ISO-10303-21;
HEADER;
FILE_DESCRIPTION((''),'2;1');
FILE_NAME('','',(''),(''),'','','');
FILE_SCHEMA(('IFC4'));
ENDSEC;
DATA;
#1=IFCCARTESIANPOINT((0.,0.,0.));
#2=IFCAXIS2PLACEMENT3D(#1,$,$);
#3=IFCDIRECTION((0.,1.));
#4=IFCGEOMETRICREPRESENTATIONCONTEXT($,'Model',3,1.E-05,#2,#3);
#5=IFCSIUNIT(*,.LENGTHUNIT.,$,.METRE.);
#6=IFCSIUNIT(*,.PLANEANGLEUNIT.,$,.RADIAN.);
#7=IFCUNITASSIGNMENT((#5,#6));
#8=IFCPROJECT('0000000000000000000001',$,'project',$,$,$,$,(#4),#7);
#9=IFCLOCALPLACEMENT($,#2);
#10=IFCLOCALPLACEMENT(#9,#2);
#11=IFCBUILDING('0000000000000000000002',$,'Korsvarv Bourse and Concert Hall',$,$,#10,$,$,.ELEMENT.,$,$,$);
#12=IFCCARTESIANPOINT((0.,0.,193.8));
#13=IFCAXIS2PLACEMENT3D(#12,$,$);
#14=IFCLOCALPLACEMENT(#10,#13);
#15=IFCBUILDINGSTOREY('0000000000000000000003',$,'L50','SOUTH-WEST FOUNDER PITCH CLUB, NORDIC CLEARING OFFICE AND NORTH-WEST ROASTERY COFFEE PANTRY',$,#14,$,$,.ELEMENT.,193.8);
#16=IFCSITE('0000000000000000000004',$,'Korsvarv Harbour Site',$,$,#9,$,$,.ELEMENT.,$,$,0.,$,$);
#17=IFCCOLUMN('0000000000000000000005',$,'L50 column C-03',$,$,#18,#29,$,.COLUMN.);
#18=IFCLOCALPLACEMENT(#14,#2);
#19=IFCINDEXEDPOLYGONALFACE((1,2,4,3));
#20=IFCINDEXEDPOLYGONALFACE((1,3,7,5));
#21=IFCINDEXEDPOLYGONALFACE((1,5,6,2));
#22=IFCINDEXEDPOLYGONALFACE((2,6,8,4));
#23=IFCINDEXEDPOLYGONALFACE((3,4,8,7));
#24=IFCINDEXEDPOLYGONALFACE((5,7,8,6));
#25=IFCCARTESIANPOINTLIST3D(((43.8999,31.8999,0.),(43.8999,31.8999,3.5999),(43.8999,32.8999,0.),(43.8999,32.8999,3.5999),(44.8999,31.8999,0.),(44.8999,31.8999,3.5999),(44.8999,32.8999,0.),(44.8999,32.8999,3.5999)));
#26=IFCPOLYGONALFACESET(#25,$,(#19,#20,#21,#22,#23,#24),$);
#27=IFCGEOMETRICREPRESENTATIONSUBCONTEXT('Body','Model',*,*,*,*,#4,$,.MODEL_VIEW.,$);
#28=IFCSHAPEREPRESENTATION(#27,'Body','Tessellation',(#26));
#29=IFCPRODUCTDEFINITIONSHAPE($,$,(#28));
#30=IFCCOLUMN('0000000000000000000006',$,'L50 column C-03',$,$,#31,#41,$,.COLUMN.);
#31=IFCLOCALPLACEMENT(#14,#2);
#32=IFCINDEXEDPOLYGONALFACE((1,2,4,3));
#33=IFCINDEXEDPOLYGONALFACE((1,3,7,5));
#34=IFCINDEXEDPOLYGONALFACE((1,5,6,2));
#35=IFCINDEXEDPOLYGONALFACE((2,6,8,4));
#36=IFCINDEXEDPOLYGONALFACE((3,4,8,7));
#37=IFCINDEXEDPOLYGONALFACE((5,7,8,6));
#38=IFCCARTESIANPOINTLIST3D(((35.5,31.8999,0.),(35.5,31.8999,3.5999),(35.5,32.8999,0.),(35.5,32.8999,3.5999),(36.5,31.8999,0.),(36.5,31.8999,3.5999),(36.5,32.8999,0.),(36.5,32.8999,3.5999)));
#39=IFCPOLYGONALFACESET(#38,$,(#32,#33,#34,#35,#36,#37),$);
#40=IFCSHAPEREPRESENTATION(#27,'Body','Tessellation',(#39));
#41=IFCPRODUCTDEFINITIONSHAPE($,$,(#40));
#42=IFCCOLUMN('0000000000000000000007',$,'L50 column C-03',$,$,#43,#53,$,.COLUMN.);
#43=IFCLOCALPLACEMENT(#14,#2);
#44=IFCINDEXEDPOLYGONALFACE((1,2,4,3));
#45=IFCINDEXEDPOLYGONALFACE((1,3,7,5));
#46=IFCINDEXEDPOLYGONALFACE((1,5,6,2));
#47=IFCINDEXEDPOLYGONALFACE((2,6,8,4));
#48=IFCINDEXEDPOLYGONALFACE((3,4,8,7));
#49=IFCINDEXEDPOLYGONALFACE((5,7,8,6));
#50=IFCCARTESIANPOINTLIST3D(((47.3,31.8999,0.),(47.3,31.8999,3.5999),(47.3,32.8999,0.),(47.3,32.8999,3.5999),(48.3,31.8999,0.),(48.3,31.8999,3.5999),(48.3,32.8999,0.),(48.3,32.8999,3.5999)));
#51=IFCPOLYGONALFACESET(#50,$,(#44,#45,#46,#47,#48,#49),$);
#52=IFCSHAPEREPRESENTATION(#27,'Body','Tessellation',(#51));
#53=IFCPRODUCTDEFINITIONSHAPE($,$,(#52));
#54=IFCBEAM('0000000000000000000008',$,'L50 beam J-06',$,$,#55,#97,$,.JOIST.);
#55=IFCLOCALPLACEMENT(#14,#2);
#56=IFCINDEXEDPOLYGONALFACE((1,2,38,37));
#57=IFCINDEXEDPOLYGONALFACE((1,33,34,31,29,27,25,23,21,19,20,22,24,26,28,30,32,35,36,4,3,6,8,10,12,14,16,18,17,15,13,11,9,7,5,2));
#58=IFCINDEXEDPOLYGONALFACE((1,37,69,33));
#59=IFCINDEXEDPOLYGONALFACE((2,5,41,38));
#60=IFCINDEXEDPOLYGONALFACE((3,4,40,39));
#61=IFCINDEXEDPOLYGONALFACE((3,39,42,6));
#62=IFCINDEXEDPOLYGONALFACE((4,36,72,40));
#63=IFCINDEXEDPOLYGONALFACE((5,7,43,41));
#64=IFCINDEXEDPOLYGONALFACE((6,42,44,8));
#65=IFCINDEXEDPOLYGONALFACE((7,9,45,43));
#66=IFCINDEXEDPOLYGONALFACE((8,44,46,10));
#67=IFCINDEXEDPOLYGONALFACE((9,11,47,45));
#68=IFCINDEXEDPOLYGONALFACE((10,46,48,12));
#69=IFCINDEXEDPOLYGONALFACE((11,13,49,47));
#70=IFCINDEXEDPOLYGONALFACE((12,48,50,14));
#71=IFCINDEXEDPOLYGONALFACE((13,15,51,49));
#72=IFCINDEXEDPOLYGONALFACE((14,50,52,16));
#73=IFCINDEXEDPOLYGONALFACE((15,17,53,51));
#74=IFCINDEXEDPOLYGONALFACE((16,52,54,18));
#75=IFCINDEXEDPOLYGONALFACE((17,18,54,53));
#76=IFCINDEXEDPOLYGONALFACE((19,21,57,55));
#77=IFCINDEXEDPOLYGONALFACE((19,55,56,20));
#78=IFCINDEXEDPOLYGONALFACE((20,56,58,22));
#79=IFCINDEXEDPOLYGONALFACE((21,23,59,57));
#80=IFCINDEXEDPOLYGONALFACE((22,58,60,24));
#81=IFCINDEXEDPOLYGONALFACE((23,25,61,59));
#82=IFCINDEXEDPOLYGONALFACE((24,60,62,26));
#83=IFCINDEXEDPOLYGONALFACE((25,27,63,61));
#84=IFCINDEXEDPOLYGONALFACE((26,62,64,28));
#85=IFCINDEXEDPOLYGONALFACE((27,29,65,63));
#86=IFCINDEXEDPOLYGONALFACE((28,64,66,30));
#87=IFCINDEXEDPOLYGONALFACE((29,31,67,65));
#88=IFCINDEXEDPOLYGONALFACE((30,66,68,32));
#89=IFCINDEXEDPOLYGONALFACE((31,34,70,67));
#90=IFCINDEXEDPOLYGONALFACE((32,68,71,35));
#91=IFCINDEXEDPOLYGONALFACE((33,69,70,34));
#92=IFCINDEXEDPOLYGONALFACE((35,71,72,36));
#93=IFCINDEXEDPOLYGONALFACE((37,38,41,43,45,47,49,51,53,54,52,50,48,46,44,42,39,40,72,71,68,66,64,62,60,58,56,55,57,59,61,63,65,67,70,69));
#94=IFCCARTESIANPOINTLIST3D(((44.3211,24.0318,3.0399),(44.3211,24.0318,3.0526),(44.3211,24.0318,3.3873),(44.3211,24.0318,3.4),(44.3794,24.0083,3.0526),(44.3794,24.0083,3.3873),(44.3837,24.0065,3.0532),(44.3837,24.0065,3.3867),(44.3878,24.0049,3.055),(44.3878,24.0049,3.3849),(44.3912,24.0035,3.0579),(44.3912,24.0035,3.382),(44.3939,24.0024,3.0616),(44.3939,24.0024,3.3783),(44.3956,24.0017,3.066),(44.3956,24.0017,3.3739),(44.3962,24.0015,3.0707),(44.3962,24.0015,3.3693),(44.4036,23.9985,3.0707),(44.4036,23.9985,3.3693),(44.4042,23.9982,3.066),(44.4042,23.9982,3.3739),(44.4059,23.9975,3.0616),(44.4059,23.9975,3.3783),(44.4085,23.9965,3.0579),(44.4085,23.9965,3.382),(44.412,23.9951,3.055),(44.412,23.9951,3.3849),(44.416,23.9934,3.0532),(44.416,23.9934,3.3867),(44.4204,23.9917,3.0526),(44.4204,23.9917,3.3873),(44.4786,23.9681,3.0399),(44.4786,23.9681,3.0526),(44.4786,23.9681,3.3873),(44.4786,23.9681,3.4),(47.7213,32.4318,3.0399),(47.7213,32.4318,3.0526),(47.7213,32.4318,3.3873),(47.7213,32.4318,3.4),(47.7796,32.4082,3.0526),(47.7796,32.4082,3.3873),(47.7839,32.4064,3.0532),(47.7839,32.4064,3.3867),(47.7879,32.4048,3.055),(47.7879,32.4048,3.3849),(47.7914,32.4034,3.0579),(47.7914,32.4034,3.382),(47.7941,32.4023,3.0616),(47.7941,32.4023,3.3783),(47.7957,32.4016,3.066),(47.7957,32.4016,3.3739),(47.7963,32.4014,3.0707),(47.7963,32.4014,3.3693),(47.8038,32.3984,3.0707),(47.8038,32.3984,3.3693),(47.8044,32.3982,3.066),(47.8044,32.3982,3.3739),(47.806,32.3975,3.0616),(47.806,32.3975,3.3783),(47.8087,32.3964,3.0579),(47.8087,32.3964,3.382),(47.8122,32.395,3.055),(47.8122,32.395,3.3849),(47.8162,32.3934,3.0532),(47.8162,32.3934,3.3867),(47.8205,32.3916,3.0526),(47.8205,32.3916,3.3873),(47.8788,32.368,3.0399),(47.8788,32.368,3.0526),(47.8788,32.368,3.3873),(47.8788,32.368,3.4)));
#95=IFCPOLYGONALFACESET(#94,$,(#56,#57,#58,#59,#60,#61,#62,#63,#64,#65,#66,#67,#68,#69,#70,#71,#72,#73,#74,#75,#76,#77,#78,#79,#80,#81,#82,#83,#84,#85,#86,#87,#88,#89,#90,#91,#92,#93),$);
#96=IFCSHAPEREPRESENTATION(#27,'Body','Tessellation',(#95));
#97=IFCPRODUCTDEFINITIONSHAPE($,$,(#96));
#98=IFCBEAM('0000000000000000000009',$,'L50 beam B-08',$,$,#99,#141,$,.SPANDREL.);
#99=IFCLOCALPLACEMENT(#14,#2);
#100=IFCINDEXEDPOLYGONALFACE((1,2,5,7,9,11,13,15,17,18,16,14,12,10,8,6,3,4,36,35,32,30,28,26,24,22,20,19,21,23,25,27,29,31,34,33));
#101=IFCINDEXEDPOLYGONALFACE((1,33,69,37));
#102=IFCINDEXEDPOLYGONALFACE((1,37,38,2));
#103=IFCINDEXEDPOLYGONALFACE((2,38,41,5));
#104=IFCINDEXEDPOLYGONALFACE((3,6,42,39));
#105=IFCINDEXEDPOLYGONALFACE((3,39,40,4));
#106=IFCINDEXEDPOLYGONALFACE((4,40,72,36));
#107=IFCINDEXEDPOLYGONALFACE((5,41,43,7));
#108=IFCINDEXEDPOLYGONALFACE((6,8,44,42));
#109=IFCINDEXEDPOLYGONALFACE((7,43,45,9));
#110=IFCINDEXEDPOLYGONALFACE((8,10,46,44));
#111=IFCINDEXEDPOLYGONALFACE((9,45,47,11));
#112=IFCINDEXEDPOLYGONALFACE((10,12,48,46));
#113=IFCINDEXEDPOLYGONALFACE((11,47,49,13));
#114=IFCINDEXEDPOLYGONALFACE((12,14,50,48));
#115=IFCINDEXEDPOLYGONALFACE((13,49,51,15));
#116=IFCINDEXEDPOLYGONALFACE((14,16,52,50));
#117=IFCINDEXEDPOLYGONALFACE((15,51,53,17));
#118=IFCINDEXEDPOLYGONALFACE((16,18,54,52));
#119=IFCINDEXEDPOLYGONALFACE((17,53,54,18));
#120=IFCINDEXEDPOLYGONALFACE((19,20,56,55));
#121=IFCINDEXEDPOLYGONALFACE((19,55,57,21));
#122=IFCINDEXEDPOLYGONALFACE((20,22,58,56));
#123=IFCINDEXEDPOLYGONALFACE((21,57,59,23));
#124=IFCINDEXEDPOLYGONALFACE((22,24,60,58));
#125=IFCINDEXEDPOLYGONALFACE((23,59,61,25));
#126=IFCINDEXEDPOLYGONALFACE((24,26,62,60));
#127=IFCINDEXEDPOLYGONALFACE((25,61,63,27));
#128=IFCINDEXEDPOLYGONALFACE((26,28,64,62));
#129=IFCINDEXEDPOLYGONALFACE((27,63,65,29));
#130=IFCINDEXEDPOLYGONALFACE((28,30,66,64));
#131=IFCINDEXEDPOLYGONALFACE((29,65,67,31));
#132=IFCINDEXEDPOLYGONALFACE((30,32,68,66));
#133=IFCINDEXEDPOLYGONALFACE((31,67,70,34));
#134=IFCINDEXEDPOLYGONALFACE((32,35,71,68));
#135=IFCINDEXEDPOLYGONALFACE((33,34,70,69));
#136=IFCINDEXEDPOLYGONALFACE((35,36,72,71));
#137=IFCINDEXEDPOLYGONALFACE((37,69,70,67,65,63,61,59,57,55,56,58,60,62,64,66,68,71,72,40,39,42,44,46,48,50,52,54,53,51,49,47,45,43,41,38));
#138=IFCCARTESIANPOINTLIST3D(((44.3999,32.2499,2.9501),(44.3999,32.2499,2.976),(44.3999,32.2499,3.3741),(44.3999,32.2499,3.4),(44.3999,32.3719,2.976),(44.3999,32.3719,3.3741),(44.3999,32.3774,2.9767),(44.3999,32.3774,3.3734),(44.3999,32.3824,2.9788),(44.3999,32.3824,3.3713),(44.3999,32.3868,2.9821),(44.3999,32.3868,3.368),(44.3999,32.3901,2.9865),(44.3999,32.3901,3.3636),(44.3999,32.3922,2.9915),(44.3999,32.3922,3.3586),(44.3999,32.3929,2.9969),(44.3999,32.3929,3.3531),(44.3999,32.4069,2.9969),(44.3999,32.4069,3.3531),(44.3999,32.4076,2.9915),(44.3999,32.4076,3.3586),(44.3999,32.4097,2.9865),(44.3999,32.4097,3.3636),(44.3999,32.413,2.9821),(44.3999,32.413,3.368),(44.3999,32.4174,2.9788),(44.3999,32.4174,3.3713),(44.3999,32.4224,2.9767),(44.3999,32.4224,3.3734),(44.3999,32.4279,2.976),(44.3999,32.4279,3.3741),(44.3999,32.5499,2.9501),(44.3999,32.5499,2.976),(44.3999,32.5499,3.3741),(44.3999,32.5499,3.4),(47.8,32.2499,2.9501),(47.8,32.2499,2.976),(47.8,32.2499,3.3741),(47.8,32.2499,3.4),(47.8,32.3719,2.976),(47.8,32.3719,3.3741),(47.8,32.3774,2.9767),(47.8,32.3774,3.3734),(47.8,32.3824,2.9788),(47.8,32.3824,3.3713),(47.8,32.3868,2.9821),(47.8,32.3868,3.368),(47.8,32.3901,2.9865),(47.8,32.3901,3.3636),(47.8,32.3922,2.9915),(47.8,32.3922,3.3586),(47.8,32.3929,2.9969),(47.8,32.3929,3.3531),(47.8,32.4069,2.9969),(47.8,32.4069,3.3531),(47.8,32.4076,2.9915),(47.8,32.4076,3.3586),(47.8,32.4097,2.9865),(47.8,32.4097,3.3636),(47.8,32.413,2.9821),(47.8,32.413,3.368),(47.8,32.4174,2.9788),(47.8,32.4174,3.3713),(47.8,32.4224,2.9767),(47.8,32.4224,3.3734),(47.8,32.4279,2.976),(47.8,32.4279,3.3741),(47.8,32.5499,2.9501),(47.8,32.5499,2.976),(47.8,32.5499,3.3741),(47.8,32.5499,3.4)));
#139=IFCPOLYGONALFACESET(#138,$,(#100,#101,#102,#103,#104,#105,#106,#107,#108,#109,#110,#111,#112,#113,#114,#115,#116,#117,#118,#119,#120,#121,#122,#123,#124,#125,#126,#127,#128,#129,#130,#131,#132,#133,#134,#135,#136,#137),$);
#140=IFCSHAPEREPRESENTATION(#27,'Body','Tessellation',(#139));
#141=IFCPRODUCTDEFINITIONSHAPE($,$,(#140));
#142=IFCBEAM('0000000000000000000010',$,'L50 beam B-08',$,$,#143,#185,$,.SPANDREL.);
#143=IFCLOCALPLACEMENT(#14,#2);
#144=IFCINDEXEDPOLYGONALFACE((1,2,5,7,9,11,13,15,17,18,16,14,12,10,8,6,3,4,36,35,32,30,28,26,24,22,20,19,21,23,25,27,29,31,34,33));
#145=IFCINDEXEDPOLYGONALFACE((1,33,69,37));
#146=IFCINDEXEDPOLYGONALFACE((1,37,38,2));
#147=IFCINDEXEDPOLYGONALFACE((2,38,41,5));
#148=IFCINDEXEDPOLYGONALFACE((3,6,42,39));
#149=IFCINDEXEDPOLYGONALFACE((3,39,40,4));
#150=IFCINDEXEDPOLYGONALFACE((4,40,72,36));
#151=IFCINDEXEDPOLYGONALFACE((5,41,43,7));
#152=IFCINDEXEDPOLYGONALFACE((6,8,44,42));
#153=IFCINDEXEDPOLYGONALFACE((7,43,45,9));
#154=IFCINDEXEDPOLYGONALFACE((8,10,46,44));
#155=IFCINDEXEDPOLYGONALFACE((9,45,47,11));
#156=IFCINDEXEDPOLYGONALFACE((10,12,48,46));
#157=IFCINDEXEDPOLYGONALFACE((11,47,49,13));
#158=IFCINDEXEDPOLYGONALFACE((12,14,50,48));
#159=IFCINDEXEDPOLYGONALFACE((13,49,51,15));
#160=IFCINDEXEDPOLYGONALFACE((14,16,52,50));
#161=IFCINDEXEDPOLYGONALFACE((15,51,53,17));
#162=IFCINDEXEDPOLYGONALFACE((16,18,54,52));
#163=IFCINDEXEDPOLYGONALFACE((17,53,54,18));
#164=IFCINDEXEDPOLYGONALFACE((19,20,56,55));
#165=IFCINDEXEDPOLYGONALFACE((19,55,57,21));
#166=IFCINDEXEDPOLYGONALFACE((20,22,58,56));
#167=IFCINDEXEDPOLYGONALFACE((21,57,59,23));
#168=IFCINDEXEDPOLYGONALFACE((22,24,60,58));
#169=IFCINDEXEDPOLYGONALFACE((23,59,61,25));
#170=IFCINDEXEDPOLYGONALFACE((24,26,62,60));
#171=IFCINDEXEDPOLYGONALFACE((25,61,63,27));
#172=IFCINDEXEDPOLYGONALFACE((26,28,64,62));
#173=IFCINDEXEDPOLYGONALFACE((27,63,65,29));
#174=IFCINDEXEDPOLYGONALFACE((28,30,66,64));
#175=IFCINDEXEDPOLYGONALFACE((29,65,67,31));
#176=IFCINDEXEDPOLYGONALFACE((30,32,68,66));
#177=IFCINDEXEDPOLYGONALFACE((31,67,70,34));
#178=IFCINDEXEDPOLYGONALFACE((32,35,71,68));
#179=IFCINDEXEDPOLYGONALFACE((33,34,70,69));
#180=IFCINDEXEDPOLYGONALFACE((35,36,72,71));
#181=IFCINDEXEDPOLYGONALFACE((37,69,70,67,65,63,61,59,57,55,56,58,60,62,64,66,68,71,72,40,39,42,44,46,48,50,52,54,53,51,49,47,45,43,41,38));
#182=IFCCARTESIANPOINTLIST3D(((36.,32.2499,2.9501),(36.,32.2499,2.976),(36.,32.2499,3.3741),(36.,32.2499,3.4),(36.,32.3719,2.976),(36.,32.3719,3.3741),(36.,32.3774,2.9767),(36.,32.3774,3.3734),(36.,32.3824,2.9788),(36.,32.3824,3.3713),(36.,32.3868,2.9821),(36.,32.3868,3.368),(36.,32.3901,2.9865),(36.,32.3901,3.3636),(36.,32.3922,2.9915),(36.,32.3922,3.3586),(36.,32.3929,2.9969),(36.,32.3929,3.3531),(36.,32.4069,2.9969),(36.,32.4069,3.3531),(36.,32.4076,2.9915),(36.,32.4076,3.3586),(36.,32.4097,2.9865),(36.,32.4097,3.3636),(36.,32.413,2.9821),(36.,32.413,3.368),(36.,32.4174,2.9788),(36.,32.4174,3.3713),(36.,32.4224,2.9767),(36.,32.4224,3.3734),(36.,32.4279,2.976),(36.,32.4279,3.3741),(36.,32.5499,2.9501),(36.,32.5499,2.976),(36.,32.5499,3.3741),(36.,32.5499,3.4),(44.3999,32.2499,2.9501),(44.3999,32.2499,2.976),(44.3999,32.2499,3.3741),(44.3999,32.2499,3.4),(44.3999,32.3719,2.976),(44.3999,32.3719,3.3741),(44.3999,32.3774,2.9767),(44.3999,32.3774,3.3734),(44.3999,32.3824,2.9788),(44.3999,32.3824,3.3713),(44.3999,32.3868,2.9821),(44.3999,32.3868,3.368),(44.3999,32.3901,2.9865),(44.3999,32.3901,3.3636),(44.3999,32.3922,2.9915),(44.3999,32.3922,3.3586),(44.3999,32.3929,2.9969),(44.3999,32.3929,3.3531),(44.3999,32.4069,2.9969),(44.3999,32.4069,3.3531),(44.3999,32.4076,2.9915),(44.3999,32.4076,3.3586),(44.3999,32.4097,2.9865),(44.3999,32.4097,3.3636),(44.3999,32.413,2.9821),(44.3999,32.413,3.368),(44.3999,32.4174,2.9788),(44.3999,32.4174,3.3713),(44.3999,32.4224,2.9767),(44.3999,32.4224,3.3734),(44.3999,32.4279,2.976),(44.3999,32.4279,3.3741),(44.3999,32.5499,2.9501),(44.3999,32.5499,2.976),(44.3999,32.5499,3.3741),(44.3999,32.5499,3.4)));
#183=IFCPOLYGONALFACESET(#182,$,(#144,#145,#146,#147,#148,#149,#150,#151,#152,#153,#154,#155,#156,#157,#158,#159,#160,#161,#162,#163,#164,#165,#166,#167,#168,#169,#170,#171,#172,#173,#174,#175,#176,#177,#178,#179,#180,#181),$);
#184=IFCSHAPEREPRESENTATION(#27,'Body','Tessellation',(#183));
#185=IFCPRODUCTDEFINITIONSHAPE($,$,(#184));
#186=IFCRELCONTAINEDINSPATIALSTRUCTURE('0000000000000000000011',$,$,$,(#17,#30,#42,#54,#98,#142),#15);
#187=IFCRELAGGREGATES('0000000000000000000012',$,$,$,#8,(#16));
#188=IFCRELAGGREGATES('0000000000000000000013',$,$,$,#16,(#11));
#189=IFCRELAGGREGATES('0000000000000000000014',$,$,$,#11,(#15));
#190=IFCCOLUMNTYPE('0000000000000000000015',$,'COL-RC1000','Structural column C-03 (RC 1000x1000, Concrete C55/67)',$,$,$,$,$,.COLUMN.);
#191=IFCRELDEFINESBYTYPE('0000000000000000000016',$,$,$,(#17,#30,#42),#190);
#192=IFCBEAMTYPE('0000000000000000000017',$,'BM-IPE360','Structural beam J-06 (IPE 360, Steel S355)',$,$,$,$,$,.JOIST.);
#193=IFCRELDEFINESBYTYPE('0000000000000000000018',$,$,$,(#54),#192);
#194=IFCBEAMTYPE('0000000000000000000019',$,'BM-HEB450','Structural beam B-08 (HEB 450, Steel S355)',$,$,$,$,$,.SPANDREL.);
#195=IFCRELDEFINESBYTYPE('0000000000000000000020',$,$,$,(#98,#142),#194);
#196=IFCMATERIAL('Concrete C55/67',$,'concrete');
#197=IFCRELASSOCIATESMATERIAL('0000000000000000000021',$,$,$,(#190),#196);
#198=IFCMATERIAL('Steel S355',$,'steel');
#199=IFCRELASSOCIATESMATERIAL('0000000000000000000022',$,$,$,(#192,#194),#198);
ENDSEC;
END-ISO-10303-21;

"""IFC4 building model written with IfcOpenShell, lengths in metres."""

from ifc_helpers import new_model, si_unit, direction, frame, origin, origin_2d, place, context, subcontext, project, spatial, rectangle, i_section, extrude, source, transform, mapped, material, material_profile, profile_set, type_object, element, save


model = new_model("IFC4")

# Units and contexts
model_context = context("Model", 3, precision=1e-05, world=origin(), true_north=direction((0.0, 1.0)))
body_context = subcontext(model_context, "Body", "Model", "MODEL_VIEW")
ifc_project = project(units=[si_unit("LENGTHUNIT", "METRE"), si_unit("PLANEANGLEUNIT", "RADIAN")], contexts=[model_context])

# Site, building, storey
site_placement = place(None, origin())
site = spatial("IfcSite", under=ifc_project, at=site_placement, Name="Korsvarv Harbour Site", CompositionType="ELEMENT", RefElevation=0.0)
building_placement = place(site_placement, origin())
building = spatial("IfcBuilding", under=site, at=building_placement, Name="Korsvarv Bourse and Concert Hall", CompositionType="ELEMENT")
storey_placement = place(building_placement, frame((0.0, 0.0, 193.8)))
storey = spatial("IfcBuildingStorey", under=building, at=storey_placement, Name="L50", Description="SOUTH-WEST FOUNDER PITCH CLUB, NORDIC CLEARING OFFICE AND NORTH-WEST ROASTERY COFFEE PANTRY", CompositionType="ELEMENT", Elevation=193.8)

# Columns
ifc_material_1 = material(Name="Concrete C55/67", Category="concrete")
ifc_material_profile_1 = material_profile(ifc_material_1, rectangle(XDim=1.0, YDim=1.0, at=origin_2d()), Name="RC 1000x1000")
ifc_profile_set_1 = profile_set([ifc_material_profile_1], Name="Concrete C55/67")
column_type = type_object("IfcColumnType", Name="COL-RC1000", Description="Structural column C-03 (RC 1000x1000, Concrete C55/67)", PredefinedType="COLUMN", material=ifc_profile_set_1)
shared_shape_1 = source(origin(), body_context, "Body", "SweptSolid", [
    extrude(rectangle(XDim=1.0, YDim=1.0, at=origin_2d()), origin(), (0.0, 0.0, 1.0), 3.5999),
])
for number, where, z_axis, x_axis, name in (
    (1, (44.3999, 32.3999, 0.0), (0.0, 0.0, 1.0), (1.0, 0.0, 0.0), "L50 column C-03"),
    (2, (36.0, 32.3999, 0.0), (0.0, 0.0, 1.0), (1.0, 0.0, 0.0), "L50 column C-03"),
    (3, (47.8, 32.3999, 0.0), (0.0, 0.0, 1.0), (1.0, 0.0, 0.0), "L50 column C-03"),
):
    element("IfcColumn", number, at=place(storey_placement, frame(where, z_axis=z_axis, x_axis=x_axis)), inside=storey, type_object=column_type, Name=name, PredefinedType="COLUMN", context=body_context, shape_type="MappedRepresentation", body=[
        mapped(shared_shape_1, transform((0.0, 0.0, 0.0), scale=1.0)),
    ])

# Beams
ifc_material_2 = material(Name="Steel S355", Category="steel")
ifc_material_profile_2 = material_profile(ifc_material_2, i_section(OverallWidth=0.1699, OverallDepth=0.3601, WebThickness=0.0081, FlangeThickness=0.0127, FilletRadius=0.0181, at=origin_2d()), Name="IPE 360")
ifc_profile_set_2 = profile_set([ifc_material_profile_2], Name="Steel S355")
beam_type_1 = type_object("IfcBeamType", Name="BM-IPE360", Description="Structural beam J-06 (IPE 360, Steel S355)", PredefinedType="JOIST", material=ifc_profile_set_2)
shared_shape_2 = source(origin(), body_context, "Body", "SweptSolid", [
    extrude(i_section(OverallWidth=0.1699, OverallDepth=0.3601, WebThickness=0.0081, FlangeThickness=0.0127, FilletRadius=0.0181, at=origin_2d()), origin(), (0.0, 0.0, 1.0), 9.062),
])
beam_1_placement = place(storey_placement, frame((47.8, 32.3999, 3.22), z_axis=(-0.37521, -0.92694, 0.0), x_axis=(0.92694, -0.37521, 0.0)))
element("IfcBeam", 4, at=beam_1_placement, inside=storey, type_object=beam_type_1, Name="L50 beam J-06", PredefinedType="JOIST", context=body_context, shape_type="MappedRepresentation", body=[
    mapped(shared_shape_2, transform((0.0, 0.0, 0.0), scale=1.0)),
])
ifc_material_profile_3 = material_profile(ifc_material_2, i_section(OverallWidth=0.3, OverallDepth=0.45, WebThickness=0.0139, FlangeThickness=0.0259, FilletRadius=0.021, at=origin_2d()), Name="HEB 450")
ifc_profile_set_3 = profile_set([ifc_material_profile_3], Name="Steel S355")
beam_type_2 = type_object("IfcBeamType", Name="BM-HEB450", Description="Structural beam B-08 (HEB 450, Steel S355)", PredefinedType="SPANDREL", material=ifc_profile_set_3)
shared_shape_3 = source(origin(), body_context, "Body", "SweptSolid", [
    extrude(i_section(OverallWidth=0.3, OverallDepth=0.45, WebThickness=0.0139, FlangeThickness=0.0259, FilletRadius=0.021, at=origin_2d()), origin(), (0.0, 0.0, 1.0), 3.4001),
])
beam_2_placement = place(storey_placement, frame((44.3999, 32.3999, 3.175), z_axis=(1.0, 0.0, 0.0), x_axis=(0.0, 1.0, 0.0)))
element("IfcBeam", 5, at=beam_2_placement, inside=storey, type_object=beam_type_2, Name="L50 beam B-08", PredefinedType="SPANDREL", context=body_context, shape_type="MappedRepresentation", body=[
    mapped(shared_shape_3, transform((0.0, 0.0, 0.0), scale=1.0)),
])
shared_shape_4 = source(origin(), body_context, "Body", "SweptSolid", [
    extrude(i_section(OverallWidth=0.3, OverallDepth=0.45, WebThickness=0.0139, FlangeThickness=0.0259, FilletRadius=0.021, at=origin_2d()), origin(), (0.0, 0.0, 1.0), 8.3999),
])
beam_3_placement = place(storey_placement, frame((36.0, 32.3999, 3.175), z_axis=(1.0, 0.0, 0.0), x_axis=(0.0, 1.0, 0.0)))
element("IfcBeam", 6, at=beam_3_placement, inside=storey, type_object=beam_type_2, Name="L50 beam B-08", PredefinedType="SPANDREL", context=body_context, shape_type="MappedRepresentation", body=[
    mapped(shared_shape_4, transform((0.0, 0.0, 0.0), scale=1.0)),
])

save(model, "model.ifc")
